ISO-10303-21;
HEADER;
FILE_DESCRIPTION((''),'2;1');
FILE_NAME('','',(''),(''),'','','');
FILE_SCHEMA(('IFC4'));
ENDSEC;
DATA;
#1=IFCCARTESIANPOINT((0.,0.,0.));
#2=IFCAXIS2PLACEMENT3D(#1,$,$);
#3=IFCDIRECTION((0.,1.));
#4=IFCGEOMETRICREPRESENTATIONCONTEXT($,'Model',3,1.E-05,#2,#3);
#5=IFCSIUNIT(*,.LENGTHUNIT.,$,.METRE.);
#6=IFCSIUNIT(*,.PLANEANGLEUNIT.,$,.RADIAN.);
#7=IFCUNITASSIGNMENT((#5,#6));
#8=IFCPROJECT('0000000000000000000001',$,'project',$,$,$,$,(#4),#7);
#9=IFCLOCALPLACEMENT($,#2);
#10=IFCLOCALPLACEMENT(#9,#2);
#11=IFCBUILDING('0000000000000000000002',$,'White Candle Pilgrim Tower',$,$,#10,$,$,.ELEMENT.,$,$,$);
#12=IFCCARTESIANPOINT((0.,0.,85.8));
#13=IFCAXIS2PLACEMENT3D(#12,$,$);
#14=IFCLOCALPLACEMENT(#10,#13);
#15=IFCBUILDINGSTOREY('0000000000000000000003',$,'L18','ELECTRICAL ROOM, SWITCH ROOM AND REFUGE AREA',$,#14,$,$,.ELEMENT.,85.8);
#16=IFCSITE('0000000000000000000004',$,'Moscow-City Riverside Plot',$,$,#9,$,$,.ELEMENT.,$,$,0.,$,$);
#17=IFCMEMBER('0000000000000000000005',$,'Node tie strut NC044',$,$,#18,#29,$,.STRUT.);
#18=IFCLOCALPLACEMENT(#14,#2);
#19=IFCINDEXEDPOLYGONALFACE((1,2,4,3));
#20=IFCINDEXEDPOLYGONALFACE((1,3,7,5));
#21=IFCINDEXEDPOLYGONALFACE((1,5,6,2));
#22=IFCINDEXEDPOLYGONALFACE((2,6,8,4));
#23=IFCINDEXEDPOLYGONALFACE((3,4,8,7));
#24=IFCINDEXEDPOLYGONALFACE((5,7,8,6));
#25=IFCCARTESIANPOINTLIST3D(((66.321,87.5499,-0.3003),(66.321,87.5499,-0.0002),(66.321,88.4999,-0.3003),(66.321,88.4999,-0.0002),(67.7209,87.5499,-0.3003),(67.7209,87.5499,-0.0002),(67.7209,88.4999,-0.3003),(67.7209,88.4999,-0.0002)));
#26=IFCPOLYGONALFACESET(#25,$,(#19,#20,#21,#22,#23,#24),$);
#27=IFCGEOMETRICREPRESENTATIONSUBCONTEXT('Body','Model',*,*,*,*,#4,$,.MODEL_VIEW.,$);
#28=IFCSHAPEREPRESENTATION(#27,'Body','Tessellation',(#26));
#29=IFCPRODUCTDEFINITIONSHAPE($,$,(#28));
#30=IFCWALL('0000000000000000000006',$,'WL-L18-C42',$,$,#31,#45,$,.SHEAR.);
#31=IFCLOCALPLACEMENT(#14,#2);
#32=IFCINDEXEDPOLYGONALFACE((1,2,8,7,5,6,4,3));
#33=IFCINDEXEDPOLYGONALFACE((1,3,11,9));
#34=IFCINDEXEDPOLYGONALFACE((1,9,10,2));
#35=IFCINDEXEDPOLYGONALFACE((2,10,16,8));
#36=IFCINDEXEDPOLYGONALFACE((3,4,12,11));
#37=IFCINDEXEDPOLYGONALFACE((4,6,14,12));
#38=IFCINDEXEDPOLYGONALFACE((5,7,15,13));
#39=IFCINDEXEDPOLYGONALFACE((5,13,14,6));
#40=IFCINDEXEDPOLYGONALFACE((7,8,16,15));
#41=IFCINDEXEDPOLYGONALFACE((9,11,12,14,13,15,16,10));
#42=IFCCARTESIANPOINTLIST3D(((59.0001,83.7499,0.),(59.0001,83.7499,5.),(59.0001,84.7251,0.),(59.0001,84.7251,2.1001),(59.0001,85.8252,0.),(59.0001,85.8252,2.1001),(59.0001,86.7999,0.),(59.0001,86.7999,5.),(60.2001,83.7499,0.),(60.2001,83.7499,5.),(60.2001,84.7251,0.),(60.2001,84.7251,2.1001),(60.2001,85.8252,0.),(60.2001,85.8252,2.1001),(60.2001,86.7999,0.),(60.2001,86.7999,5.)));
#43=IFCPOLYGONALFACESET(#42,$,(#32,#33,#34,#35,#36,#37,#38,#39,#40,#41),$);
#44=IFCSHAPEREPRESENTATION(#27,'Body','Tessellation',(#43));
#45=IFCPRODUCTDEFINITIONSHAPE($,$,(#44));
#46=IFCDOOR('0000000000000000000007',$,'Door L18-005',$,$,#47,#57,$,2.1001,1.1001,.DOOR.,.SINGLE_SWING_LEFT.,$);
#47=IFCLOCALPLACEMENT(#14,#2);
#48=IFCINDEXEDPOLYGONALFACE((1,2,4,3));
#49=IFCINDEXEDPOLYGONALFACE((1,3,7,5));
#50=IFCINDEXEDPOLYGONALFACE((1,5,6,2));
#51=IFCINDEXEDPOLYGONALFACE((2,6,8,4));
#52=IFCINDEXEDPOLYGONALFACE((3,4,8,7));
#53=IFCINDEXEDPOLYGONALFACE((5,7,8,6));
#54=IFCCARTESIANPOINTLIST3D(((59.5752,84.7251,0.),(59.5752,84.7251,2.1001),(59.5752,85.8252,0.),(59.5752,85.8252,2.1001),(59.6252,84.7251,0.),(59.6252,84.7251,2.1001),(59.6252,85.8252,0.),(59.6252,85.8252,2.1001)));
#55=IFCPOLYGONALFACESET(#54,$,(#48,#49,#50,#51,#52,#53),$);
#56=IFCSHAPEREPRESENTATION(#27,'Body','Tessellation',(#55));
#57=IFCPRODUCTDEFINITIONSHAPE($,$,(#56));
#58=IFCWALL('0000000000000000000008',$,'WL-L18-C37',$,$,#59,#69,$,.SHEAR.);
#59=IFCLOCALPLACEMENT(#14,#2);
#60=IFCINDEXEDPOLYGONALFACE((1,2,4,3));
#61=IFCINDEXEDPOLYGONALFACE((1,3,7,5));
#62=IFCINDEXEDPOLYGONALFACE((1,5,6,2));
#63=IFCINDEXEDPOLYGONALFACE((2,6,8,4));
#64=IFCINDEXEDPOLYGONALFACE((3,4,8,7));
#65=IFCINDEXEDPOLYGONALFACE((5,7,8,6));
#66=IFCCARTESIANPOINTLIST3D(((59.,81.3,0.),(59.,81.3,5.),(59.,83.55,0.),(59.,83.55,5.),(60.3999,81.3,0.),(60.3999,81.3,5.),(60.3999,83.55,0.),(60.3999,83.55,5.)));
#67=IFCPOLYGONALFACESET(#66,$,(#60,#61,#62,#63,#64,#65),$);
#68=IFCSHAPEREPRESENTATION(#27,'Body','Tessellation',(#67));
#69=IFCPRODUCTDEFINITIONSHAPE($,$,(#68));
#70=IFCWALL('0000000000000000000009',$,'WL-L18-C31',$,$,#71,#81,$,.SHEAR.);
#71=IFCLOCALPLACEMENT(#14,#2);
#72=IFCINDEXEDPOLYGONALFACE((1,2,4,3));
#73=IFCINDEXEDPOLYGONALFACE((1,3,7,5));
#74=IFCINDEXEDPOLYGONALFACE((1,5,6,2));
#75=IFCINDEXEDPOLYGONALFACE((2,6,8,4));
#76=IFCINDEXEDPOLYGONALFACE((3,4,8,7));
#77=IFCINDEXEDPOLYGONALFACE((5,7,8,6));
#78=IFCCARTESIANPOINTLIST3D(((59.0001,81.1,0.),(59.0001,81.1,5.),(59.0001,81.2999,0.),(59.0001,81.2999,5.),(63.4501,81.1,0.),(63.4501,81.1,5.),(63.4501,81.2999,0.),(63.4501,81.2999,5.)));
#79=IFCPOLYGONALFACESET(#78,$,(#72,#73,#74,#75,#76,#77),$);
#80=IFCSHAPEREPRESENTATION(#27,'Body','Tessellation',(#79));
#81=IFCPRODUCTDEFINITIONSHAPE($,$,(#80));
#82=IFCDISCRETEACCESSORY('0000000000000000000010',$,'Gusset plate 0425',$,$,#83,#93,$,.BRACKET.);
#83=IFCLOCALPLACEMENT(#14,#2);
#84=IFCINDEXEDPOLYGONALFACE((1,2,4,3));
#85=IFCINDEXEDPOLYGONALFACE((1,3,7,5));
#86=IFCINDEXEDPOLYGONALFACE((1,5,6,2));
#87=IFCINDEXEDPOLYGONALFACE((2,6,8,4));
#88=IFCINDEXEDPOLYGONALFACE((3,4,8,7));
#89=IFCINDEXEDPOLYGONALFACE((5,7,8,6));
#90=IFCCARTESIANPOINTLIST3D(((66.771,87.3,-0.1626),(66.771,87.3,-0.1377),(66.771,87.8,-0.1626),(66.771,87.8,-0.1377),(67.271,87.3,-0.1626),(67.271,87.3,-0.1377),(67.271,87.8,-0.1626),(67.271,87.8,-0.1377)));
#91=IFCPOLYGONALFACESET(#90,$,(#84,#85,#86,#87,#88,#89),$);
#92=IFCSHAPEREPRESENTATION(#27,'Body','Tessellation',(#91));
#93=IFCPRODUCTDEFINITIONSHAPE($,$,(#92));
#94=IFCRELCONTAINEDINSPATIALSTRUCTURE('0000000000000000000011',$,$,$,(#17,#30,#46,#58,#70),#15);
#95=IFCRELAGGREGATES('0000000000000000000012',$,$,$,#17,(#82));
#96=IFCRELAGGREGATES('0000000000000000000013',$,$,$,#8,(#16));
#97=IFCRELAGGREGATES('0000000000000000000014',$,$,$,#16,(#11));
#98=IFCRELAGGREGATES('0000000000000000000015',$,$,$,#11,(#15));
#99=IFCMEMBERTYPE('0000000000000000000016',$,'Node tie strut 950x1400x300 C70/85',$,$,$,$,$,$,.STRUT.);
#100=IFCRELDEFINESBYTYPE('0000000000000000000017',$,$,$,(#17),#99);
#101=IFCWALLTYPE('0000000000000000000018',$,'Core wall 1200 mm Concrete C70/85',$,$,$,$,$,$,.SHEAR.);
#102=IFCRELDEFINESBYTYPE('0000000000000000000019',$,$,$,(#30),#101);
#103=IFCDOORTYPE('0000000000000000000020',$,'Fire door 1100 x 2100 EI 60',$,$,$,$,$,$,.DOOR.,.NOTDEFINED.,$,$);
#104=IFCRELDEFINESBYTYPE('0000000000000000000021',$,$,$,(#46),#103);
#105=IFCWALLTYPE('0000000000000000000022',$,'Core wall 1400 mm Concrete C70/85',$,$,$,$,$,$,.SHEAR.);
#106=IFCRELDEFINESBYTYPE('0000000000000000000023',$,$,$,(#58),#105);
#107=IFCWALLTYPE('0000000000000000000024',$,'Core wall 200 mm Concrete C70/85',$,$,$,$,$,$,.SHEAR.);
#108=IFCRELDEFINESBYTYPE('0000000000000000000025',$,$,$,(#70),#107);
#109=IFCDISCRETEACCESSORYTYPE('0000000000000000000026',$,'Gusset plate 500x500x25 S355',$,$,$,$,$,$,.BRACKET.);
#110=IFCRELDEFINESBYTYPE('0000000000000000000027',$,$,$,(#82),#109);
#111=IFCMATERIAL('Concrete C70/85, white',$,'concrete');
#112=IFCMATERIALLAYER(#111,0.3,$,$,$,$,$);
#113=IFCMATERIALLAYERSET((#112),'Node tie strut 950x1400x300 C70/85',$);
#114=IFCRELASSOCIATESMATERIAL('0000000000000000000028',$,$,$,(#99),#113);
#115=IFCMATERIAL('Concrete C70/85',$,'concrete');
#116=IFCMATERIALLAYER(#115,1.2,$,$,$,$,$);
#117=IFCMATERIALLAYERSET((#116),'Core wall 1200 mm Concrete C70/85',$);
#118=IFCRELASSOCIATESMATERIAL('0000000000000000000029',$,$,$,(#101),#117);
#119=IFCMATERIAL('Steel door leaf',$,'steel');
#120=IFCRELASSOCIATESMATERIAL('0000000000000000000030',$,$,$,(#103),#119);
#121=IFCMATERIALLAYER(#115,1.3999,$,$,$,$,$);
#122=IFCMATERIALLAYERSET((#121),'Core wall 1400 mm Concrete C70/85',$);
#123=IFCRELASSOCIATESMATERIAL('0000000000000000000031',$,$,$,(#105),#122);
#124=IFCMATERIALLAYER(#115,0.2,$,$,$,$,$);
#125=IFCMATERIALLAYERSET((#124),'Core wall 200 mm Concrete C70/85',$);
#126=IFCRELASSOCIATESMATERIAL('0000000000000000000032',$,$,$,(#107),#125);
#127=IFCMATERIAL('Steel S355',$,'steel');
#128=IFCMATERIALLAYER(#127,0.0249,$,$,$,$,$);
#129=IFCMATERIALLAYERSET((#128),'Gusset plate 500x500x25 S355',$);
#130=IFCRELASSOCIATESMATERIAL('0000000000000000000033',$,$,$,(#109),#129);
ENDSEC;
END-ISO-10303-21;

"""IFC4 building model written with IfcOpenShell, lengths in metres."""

from ifc_helpers import new_model, si_unit, direction, frame, frame_2d, origin, origin_2d, place, context, subcontext, project, spatial, rectangle, extrude, material, layer, layer_set, type_object, element, fill, aggregate, save


model = new_model("IFC4")

# Units and contexts
model_context = context("Model", 3, precision=1e-05, world=origin(), true_north=direction((0.0, 1.0)))
body_context = subcontext(model_context, "Body", "Model", "MODEL_VIEW")
ifc_project = project(units=[si_unit("LENGTHUNIT", "METRE"), si_unit("PLANEANGLEUNIT", "RADIAN")], contexts=[model_context])

# Site, building, storey
site_placement = place(None, origin())
site = spatial("IfcSite", under=ifc_project, at=site_placement, Name="Moscow-City Riverside Plot", CompositionType="ELEMENT", RefElevation=0.0)
building_placement = place(site_placement, origin())
building = spatial("IfcBuilding", under=site, at=building_placement, Name="White Candle Pilgrim Tower", CompositionType="ELEMENT")
storey_placement = place(building_placement, frame((0.0, 0.0, 85.8)))
storey = spatial("IfcBuildingStorey", under=building, at=storey_placement, Name="L18", Description="ELECTRICAL ROOM, SWITCH ROOM AND REFUGE AREA", CompositionType="ELEMENT", Elevation=85.8)

# Member
ifc_material_1 = material(Name="Concrete C70/85, white", Category="concrete")
ifc_layer_1 = layer(ifc_material_1, 0.3)
ifc_layer_set_1 = layer_set([ifc_layer_1], Name="Node tie strut 950x1400x300 C70/85")
member_type = type_object("IfcMemberType", Name="Node tie strut 950x1400x300 C70/85", PredefinedType="STRUT", material=ifc_layer_set_1)
member_placement = place(storey_placement, frame((67.021, 88.0249, -0.3003), z_axis=(0.0, 0.0, 1.0), x_axis=(-1.0, 0.0, 0.0)))
member = element("IfcMember", 1, at=member_placement, inside=storey, type_object=member_type, Name="Node tie strut NC044", PredefinedType="STRUT", context=body_context, shape_type="SweptSolid", body=[
    extrude(rectangle(XDim=1.3999, YDim=0.95, at=origin_2d()), origin(), (0.0, 0.0, 1.0), 0.3),
])

# Wall, opening, door
ifc_material_2 = material(Name="Concrete C70/85", Category="concrete")
ifc_layer_2 = layer(ifc_material_2, 1.2)
ifc_layer_set_2 = layer_set([ifc_layer_2], Name="Core wall 1200 mm Concrete C70/85")
wall_type_1 = type_object("IfcWallType", Name="Core wall 1200 mm Concrete C70/85", PredefinedType="SHEAR", material=ifc_layer_set_2)
wall_1_placement = place(storey_placement, frame((59.6001, 83.75, 0.0), z_axis=(0.0, 0.0, 1.0), x_axis=(0.0, 1.0, 0.0)))
wall_1 = element("IfcWall", 2, at=wall_1_placement, inside=storey, type_object=wall_type_1, Name="WL-L18-C42", PredefinedType="SHEAR", context=body_context, shape_type="SweptSolid", body=[
    extrude(rectangle(XDim=3.05, YDim=1.2, at=frame_2d((1.5249, 0.0))), origin(), (0.0, 0.0, 1.0), 5.0),
])
opening_1_placement = place(wall_1_placement, frame((0.9751, 0.0, 0.0)))
opening_1 = element("IfcOpeningElement", 3, at=opening_1_placement, cuts=wall_1, PredefinedType="OPENING", context=body_context, shape_type="SweptSolid", body=[
    extrude(rectangle(XDim=1.1001, YDim=2.1001, at=frame_2d((0.55, 1.05))), frame((0.0, 0.6099, 0.0), z_axis=(0.0, -1.0, 0.0), x_axis=(1.0, 0.0, 0.0)), (0.0, 0.0, 1.0), 1.22),
])
ifc_material_3 = material(Name="Steel door leaf", Category="steel")
door_type_1 = type_object("IfcDoorType", Name="Fire door 1100 x 2100 EI 60", OperationType="NOTDEFINED", PredefinedType="DOOR", material=ifc_material_3)
door_1_placement = place(opening_1_placement, origin())
door_1 = element("IfcDoor", 4, at=door_1_placement, inside=storey, type_object=door_type_1, Name="Door L18-005", OperationType="SINGLE_SWING_LEFT", OverallHeight=2.1001, OverallWidth=1.1001, PredefinedType="DOOR", context=body_context, shape_type="SweptSolid", body=[
    extrude(rectangle(XDim=1.1001, YDim=2.1001, at=frame_2d((0.55, 1.05))), frame((0.0, 0.0249, 0.0), z_axis=(0.0, -1.0, 0.0), x_axis=(1.0, 0.0, 0.0)), (0.0, 0.0, 1.0), 0.05),
])
fill(opening_1, door_1)

# Walls
ifc_layer_3 = layer(ifc_material_2, 1.3999)
ifc_layer_set_3 = layer_set([ifc_layer_3], Name="Core wall 1400 mm Concrete C70/85")
wall_type_2 = type_object("IfcWallType", Name="Core wall 1400 mm Concrete C70/85", PredefinedType="SHEAR", material=ifc_layer_set_3)
wall_2_placement = place(storey_placement, frame((59.7, 81.3, 0.0), z_axis=(0.0, 0.0, 1.0), x_axis=(0.0, 1.0, 0.0)))
element("IfcWall", 5, at=wall_2_placement, inside=storey, type_object=wall_type_2, Name="WL-L18-C37", PredefinedType="SHEAR", context=body_context, shape_type="SweptSolid", body=[
    extrude(rectangle(XDim=2.25, YDim=1.3999, at=frame_2d((1.125, 0.0))), origin(), (0.0, 0.0, 1.0), 5.0),
])
ifc_layer_4 = layer(ifc_material_2, 0.2)
ifc_layer_set_4 = layer_set([ifc_layer_4], Name="Core wall 200 mm Concrete C70/85")
wall_type_3 = type_object("IfcWallType", Name="Core wall 200 mm Concrete C70/85", PredefinedType="SHEAR", material=ifc_layer_set_4)
wall_3_placement = place(storey_placement, frame((59.0, 81.2, 0.0), z_axis=(0.0, 0.0, 1.0), x_axis=(1.0, 0.0, 0.0)))
element("IfcWall", 6, at=wall_3_placement, inside=storey, type_object=wall_type_3, Name="WL-L18-C31", PredefinedType="SHEAR", context=body_context, shape_type="SweptSolid", body=[
    extrude(rectangle(XDim=4.45, YDim=0.2, at=frame_2d((2.2251, 0.0))), origin(), (0.0, 0.0, 1.0), 5.0),
])

# Discrete accessory
ifc_material_4 = material(Name="Steel S355", Category="steel")
ifc_layer_5 = layer(ifc_material_4, 0.0249)
ifc_layer_set_5 = layer_set([ifc_layer_5], Name="Gusset plate 500x500x25 S355")
discrete_accessory_type = type_object("IfcDiscreteAccessoryType", Name="Gusset plate 500x500x25 S355", PredefinedType="BRACKET", material=ifc_layer_set_5)
discrete_accessory_placement = place(storey_placement, frame((67.021, 87.55, -0.1626), z_axis=(0.0, 0.0, 1.0), x_axis=(1.0, 0.0, 0.0)))
discrete_accessory = element("IfcDiscreteAccessory", 7, at=discrete_accessory_placement, type_object=discrete_accessory_type, Name="Gusset plate 0425", PredefinedType="BRACKET", context=body_context, shape_type="SweptSolid", body=[
    extrude(rectangle(XDim=0.5, YDim=0.5, at=origin_2d()), origin(), (0.0, 0.0, 1.0), 0.0249),
])
aggregate(member, [discrete_accessory])

save(model, "model.ifc")
